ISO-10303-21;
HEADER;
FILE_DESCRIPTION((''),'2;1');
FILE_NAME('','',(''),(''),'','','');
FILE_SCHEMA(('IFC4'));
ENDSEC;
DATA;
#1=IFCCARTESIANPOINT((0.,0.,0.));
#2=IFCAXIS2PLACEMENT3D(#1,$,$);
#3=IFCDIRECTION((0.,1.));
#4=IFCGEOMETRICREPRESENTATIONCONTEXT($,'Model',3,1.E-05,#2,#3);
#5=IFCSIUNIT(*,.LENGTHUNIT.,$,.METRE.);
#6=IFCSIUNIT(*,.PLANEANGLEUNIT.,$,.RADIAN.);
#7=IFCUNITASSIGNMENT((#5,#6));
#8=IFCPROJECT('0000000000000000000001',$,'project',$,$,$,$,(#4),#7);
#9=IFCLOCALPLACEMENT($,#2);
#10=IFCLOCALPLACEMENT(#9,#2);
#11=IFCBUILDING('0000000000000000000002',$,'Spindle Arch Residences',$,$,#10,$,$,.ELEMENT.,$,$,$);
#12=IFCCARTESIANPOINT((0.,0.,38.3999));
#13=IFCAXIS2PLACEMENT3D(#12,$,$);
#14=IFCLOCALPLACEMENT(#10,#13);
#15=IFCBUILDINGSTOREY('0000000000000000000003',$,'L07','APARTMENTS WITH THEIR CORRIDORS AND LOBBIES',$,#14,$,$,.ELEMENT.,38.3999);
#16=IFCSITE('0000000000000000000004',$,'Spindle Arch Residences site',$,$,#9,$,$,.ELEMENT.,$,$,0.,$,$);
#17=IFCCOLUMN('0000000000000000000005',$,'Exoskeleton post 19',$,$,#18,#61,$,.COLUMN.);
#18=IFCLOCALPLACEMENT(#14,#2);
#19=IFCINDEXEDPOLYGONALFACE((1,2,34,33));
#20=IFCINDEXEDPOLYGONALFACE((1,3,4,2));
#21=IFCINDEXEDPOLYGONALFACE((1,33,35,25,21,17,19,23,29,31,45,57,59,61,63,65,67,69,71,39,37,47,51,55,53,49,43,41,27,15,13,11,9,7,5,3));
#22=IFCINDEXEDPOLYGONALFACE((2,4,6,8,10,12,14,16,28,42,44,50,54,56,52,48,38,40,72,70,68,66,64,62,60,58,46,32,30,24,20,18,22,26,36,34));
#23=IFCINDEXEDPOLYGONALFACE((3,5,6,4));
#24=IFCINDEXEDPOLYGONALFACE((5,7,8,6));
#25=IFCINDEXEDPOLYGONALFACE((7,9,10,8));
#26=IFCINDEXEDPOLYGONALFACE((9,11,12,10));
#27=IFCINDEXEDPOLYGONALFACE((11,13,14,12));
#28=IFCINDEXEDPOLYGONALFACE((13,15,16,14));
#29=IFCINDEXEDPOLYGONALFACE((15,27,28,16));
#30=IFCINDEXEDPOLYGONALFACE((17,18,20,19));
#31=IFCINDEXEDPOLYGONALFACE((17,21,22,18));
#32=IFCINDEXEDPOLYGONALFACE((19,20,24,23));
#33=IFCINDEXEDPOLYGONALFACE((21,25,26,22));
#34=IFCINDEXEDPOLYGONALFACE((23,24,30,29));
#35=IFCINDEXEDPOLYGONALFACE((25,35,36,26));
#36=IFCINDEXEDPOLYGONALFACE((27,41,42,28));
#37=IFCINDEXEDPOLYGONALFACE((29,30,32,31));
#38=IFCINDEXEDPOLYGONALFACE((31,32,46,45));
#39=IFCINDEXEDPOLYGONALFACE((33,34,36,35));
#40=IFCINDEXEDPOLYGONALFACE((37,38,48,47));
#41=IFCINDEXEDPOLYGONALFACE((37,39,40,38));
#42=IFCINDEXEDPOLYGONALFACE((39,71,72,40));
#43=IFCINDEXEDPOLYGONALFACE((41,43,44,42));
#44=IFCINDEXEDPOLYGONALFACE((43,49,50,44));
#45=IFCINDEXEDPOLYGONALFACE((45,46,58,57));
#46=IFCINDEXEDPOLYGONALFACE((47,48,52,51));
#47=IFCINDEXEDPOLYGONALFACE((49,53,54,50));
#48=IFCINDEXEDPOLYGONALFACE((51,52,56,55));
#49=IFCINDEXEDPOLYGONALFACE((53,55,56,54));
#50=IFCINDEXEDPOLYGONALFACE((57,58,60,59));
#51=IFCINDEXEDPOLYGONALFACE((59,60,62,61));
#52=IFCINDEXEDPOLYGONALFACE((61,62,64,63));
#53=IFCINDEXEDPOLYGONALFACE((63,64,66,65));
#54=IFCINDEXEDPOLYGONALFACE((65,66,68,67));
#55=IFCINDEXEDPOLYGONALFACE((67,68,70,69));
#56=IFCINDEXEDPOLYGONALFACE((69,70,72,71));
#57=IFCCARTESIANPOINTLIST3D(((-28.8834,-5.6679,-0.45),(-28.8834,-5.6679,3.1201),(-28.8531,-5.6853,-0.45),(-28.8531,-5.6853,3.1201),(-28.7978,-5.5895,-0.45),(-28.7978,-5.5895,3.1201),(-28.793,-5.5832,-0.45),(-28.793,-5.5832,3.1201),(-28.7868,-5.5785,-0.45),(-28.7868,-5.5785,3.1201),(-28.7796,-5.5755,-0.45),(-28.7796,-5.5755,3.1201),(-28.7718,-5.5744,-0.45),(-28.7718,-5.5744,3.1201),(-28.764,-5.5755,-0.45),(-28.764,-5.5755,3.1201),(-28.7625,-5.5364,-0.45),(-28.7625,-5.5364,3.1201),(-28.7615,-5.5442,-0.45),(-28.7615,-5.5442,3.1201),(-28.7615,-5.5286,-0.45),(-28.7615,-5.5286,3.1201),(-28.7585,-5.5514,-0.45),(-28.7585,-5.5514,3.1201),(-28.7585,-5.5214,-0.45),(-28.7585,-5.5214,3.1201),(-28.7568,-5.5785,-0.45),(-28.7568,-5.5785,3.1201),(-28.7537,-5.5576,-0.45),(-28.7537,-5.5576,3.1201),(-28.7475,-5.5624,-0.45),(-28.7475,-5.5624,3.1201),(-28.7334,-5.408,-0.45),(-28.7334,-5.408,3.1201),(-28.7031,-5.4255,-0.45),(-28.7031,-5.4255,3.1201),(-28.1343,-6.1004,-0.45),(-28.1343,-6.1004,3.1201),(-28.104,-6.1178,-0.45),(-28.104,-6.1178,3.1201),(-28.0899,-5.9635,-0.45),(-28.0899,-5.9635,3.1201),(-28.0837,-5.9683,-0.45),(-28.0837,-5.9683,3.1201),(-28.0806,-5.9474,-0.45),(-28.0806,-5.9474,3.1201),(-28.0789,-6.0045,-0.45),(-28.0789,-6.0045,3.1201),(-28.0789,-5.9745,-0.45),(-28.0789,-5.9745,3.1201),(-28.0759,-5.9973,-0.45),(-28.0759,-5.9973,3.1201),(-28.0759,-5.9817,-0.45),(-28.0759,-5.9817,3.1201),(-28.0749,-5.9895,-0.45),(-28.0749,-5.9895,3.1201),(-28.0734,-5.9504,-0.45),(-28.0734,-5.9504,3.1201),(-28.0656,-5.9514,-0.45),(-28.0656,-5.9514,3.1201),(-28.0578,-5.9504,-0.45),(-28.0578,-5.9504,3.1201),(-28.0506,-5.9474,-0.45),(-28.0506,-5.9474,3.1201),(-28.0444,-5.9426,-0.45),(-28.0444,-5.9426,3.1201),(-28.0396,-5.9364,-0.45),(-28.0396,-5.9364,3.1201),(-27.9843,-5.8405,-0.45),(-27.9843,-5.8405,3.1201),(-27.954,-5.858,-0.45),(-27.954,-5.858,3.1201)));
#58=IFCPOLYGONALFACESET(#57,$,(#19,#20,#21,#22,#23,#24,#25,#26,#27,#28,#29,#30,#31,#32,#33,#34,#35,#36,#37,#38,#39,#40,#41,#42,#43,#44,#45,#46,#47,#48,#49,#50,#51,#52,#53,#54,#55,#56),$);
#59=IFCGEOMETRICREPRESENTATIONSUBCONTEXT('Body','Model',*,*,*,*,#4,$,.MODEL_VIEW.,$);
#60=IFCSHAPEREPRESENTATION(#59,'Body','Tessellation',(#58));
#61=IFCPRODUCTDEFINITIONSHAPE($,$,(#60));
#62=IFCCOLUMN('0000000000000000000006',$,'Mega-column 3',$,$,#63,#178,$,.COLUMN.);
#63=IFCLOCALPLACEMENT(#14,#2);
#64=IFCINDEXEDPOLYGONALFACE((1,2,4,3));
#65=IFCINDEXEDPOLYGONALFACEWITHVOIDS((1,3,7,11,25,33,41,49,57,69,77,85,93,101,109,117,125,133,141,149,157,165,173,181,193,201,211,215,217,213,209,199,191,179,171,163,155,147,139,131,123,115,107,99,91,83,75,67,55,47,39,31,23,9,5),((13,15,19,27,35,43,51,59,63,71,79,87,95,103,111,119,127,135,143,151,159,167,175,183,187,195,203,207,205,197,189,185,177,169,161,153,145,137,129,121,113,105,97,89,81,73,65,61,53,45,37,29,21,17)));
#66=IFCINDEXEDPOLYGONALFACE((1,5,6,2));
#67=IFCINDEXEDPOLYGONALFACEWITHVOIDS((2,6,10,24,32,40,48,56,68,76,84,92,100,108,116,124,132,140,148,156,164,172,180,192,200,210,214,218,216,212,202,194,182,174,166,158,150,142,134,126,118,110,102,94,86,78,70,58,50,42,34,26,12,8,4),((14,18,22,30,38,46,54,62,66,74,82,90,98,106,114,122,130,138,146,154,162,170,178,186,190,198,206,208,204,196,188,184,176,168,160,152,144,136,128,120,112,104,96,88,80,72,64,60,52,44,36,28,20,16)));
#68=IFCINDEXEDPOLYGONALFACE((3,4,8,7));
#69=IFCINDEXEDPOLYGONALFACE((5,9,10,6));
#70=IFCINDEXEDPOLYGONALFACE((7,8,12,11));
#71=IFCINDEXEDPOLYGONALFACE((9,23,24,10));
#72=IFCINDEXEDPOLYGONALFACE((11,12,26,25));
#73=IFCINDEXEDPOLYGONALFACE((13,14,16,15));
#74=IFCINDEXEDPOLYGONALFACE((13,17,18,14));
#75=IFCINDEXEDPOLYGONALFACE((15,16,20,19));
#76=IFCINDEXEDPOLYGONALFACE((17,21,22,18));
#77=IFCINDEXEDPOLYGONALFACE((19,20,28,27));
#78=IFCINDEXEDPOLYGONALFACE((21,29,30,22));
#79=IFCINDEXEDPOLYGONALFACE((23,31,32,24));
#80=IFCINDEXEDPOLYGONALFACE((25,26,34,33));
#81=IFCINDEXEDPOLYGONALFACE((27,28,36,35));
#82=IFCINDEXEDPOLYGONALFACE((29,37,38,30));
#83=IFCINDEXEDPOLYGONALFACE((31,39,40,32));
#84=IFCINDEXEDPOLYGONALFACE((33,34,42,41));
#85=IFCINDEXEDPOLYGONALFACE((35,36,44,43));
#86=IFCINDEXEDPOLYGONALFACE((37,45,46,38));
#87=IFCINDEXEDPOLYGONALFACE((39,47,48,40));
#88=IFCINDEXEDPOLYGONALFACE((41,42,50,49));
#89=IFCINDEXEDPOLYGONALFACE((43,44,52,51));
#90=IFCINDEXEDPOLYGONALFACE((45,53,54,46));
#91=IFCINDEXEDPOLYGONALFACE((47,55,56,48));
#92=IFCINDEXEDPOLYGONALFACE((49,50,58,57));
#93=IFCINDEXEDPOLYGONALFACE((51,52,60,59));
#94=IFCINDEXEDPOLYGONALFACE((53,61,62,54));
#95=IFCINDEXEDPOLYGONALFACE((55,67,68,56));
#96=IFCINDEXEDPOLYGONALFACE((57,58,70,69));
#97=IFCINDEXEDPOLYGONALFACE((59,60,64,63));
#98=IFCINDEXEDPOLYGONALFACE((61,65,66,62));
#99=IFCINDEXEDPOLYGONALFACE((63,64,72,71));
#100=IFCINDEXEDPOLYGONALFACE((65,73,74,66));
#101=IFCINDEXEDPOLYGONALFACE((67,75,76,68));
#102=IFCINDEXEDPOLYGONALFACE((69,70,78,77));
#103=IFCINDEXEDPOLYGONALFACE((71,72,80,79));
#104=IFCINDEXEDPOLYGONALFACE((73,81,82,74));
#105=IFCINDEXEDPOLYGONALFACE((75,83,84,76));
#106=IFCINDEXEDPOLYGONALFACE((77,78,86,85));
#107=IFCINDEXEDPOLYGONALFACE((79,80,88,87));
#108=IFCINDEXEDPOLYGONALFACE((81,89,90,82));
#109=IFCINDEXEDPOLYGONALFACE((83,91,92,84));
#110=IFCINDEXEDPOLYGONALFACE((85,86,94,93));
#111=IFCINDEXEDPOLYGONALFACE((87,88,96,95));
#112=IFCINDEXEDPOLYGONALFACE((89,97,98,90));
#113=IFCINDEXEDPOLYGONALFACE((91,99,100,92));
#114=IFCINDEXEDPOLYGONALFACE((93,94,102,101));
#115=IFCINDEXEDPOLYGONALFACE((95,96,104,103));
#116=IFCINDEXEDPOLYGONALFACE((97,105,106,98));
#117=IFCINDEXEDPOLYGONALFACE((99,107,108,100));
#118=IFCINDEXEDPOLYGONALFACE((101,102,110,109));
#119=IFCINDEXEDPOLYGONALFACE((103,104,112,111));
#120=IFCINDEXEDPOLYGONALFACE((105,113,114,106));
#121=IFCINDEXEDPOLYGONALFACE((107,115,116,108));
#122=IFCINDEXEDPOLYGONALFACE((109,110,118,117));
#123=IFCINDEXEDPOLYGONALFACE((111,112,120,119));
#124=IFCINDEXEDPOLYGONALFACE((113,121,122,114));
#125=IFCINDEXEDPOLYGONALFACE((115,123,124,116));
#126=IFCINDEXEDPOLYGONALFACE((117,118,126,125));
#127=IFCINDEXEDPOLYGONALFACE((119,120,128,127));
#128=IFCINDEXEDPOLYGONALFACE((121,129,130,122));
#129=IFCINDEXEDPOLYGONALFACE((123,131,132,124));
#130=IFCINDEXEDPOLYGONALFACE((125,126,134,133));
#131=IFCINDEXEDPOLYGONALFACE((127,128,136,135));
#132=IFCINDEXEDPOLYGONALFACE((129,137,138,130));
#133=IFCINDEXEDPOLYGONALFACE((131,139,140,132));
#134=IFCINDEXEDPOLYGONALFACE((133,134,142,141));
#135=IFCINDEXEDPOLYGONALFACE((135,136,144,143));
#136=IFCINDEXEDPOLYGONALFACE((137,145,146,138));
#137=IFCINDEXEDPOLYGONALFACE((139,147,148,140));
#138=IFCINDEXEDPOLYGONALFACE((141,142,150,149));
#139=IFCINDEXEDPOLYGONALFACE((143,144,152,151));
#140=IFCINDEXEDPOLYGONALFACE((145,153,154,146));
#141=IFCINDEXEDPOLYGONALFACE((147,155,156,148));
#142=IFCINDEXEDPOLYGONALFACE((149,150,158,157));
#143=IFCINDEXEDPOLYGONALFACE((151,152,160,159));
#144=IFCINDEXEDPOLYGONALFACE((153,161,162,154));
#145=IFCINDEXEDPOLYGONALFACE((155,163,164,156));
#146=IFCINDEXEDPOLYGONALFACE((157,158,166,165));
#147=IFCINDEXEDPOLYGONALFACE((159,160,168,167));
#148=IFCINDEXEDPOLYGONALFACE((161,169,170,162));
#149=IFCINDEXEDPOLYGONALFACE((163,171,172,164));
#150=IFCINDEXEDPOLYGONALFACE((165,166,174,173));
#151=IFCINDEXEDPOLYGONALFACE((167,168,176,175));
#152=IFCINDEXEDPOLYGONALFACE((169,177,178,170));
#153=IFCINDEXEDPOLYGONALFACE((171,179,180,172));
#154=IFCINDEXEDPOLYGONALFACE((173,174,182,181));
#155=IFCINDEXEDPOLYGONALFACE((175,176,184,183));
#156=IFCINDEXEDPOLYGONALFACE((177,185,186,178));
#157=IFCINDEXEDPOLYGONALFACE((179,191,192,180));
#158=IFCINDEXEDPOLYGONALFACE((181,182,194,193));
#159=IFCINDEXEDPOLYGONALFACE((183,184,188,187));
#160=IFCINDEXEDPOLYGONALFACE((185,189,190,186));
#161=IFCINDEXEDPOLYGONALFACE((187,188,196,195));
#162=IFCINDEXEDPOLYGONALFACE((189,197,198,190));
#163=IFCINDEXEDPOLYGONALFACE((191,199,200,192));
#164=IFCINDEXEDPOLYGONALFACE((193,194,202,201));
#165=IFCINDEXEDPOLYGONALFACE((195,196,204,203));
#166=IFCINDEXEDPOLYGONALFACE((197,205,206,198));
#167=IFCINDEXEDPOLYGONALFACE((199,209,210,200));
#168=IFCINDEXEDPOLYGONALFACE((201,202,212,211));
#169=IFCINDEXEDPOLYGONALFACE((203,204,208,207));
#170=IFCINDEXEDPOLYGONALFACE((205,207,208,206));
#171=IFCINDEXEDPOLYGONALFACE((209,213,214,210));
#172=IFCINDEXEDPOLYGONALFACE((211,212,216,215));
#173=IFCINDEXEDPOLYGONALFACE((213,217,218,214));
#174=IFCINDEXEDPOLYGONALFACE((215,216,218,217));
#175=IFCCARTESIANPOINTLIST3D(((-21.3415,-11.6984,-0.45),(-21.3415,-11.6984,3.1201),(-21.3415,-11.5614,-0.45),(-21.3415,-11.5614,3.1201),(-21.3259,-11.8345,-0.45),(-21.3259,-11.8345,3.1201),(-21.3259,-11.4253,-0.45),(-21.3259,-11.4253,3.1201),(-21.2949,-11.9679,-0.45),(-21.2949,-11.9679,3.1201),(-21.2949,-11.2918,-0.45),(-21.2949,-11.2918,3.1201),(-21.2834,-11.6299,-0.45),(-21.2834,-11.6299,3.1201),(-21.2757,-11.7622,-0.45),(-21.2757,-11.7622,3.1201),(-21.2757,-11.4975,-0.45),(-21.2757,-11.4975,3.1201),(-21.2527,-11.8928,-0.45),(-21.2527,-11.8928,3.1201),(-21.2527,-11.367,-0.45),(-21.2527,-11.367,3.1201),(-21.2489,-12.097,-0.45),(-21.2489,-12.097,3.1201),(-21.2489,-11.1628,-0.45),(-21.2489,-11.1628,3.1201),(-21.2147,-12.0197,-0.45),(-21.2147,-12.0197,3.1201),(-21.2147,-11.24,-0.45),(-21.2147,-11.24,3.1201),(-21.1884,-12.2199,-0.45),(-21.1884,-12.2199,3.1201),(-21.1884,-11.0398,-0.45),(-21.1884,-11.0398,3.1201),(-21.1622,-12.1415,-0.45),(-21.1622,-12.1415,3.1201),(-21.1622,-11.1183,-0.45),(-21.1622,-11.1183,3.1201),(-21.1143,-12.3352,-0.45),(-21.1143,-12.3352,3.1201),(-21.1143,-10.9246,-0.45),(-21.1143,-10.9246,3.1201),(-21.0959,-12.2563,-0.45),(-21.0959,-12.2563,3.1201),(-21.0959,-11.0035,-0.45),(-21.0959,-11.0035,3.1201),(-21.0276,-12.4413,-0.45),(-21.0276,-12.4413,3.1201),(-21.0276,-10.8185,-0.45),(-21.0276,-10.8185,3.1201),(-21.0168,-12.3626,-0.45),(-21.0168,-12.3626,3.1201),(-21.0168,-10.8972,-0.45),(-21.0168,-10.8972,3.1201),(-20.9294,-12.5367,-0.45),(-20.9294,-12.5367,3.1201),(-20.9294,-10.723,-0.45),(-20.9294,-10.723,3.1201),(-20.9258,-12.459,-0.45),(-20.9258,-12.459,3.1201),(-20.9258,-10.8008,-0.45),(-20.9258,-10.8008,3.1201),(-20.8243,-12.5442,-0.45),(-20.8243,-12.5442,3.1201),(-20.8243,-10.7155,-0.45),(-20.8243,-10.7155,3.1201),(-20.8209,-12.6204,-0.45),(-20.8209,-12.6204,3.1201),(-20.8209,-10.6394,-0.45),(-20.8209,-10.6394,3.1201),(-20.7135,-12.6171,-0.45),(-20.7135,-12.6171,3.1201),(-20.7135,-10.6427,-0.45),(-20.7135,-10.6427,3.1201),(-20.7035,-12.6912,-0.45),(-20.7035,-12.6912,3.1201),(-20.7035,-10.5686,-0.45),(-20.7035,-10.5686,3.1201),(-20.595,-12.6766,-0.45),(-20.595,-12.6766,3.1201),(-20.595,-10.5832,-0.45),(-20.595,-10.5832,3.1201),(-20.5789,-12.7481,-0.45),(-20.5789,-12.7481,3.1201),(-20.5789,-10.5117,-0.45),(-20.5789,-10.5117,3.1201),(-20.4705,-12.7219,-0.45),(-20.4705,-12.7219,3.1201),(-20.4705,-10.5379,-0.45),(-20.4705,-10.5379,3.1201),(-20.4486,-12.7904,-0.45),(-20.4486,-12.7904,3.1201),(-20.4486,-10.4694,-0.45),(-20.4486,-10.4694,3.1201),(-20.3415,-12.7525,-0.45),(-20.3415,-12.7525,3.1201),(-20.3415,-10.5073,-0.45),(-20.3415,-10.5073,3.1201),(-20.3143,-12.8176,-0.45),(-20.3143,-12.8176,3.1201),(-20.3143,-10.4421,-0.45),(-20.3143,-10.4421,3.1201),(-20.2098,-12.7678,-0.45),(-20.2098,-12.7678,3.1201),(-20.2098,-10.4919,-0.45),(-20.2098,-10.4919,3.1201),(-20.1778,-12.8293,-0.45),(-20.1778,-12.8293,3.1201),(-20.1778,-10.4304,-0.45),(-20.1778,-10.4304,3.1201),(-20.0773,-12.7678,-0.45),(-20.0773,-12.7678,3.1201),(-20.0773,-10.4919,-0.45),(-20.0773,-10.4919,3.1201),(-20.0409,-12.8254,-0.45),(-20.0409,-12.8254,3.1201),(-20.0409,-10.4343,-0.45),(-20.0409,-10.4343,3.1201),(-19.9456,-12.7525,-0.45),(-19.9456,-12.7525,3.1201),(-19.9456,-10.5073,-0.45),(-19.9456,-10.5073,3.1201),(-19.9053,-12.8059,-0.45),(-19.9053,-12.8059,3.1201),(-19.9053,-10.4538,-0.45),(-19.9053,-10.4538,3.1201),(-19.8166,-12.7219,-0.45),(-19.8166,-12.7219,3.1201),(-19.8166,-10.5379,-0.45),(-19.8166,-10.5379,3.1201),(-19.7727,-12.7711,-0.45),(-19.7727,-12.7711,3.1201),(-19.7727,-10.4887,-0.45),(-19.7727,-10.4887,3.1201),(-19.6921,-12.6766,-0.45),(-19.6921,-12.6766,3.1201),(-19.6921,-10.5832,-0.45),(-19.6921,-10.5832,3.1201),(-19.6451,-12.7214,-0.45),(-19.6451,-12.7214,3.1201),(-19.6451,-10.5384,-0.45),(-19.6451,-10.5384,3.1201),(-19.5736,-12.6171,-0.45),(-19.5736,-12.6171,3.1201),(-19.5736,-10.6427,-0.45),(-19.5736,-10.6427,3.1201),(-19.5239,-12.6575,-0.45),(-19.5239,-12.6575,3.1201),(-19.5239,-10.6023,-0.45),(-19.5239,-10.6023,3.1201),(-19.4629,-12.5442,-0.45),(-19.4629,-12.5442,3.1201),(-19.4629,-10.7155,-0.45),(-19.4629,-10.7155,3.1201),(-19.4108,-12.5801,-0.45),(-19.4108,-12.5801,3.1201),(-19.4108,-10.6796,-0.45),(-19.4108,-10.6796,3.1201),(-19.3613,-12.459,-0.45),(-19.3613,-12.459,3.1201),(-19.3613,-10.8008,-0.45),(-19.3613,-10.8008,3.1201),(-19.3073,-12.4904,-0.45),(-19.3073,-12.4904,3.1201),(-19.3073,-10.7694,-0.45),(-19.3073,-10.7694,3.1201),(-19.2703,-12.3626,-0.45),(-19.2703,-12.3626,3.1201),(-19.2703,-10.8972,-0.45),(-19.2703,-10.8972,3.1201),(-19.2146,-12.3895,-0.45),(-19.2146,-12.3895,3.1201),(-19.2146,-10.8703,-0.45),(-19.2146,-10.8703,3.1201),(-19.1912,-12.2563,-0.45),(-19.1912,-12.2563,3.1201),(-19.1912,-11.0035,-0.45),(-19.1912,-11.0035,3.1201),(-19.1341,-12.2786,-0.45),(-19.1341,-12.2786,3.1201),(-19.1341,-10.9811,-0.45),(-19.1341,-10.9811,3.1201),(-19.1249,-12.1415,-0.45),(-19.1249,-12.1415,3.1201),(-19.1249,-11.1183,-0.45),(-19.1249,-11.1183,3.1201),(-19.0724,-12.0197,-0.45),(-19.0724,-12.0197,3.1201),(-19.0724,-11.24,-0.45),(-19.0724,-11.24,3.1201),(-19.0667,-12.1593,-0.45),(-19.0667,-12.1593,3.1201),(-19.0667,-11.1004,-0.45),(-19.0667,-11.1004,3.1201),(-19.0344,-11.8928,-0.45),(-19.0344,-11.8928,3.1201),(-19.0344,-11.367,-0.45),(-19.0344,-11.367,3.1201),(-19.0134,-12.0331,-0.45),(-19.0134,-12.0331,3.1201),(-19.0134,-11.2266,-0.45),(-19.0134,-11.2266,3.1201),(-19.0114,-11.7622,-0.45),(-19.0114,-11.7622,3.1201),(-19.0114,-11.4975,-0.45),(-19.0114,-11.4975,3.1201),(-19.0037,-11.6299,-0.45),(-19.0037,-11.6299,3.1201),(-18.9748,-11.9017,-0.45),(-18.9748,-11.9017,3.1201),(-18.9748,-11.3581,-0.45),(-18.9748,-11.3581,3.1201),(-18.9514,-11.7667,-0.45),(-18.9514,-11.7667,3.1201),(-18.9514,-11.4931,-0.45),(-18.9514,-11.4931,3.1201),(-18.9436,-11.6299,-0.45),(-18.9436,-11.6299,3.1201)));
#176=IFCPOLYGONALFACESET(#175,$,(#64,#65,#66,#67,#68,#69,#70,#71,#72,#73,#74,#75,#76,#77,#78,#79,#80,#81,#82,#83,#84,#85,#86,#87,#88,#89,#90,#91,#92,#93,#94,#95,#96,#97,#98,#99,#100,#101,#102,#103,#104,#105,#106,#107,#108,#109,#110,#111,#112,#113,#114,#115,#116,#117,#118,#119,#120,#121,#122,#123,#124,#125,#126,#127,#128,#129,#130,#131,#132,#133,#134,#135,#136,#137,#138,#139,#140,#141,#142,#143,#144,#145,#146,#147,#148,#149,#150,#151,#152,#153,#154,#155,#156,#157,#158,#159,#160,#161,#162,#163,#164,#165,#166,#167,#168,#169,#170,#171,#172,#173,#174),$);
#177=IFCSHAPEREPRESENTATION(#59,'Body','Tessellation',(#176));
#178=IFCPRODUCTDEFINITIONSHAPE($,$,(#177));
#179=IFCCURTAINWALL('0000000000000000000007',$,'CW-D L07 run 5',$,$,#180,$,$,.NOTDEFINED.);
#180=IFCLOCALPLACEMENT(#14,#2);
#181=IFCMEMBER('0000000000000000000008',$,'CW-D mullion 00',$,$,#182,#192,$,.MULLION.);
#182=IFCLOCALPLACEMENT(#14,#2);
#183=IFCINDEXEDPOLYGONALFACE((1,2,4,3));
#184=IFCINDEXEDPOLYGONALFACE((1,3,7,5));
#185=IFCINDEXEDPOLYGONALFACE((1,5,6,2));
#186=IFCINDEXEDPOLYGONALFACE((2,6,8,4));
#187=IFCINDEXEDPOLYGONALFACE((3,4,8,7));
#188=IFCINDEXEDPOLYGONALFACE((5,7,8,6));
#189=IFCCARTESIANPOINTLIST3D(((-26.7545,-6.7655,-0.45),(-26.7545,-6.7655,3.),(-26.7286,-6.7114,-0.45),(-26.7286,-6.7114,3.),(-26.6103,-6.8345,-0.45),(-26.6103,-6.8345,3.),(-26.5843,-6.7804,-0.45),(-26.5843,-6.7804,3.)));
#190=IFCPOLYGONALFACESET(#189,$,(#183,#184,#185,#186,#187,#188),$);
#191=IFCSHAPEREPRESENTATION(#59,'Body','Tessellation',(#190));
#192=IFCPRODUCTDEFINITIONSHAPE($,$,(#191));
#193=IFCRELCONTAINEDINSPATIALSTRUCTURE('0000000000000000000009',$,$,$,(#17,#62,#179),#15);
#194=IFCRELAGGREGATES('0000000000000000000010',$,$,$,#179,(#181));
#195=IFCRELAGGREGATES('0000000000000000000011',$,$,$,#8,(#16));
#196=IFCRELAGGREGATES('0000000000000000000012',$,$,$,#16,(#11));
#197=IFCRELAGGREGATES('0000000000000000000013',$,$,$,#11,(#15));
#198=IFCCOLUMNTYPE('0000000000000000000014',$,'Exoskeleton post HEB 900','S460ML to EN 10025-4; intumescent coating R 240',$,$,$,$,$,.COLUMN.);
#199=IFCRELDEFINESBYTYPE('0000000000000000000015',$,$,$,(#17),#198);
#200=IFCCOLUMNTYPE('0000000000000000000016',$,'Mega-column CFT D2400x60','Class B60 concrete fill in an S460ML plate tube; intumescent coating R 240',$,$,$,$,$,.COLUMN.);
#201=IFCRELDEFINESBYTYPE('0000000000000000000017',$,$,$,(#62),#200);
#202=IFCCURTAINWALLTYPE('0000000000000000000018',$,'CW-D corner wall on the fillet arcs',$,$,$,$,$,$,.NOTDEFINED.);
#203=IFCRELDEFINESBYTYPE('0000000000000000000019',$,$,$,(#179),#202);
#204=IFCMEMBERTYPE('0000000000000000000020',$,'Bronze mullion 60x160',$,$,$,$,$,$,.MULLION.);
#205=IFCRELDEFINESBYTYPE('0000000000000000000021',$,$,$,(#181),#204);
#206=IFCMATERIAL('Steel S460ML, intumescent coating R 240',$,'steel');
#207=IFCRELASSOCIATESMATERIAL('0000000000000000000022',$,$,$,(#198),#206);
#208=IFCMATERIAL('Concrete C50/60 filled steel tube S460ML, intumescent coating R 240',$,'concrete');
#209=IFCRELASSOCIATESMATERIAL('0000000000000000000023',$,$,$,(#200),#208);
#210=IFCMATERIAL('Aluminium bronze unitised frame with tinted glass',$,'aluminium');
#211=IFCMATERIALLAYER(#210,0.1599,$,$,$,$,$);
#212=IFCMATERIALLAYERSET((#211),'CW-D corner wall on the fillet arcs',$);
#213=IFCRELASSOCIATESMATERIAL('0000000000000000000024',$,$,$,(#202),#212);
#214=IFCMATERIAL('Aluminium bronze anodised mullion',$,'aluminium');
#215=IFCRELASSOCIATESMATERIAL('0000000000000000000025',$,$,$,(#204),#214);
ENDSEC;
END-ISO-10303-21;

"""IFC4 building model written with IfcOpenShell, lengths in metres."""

from ifc_helpers import new_model, si_unit, direction, frame, origin, origin_2d, place, context, subcontext, project, spatial, rectangle, hollow_circle, i_section, extrude, material, layer, layer_set, material_profile, profile_set, type_object, element, aggregate, save


model = new_model("IFC4")

# Units and contexts
model_context = context("Model", 3, precision=1e-05, world=origin(), true_north=direction((0.0, 1.0)))
body_context = subcontext(model_context, "Body", "Model", "MODEL_VIEW")
ifc_project = project(units=[si_unit("LENGTHUNIT", "METRE"), si_unit("PLANEANGLEUNIT", "RADIAN")], contexts=[model_context])

# Site, building, storey
site_placement = place(None, origin())
site = spatial("IfcSite", under=ifc_project, at=site_placement, Name="Spindle Arch Residences site", CompositionType="ELEMENT", RefElevation=0.0)
building_placement = place(site_placement, origin())
building = spatial("IfcBuilding", under=site, at=building_placement, Name="Spindle Arch Residences", CompositionType="ELEMENT")
storey_placement = place(building_placement, frame((0.0, 0.0, 38.3999)))
storey = spatial("IfcBuildingStorey", under=building, at=storey_placement, Name="L07", Description="APARTMENTS WITH THEIR CORRIDORS AND LOBBIES", CompositionType="ELEMENT", Elevation=38.3999)

# Columns
ifc_material_1 = material(Name="Steel S460ML, intumescent coating R 240", Category="steel")
ifc_material_profile_1 = material_profile(ifc_material_1, i_section(OverallWidth=0.3, OverallDepth=0.8999, WebThickness=0.0186, FlangeThickness=0.0349, FilletRadius=0.03, at=origin_2d()), Name="HEB 900")
ifc_profile_set_1 = profile_set([ifc_material_profile_1], Name="Steel S460ML, intumescent coating R 240")
column_type_1 = type_object("IfcColumnType", Name="Exoskeleton post HEB 900", Description="S460ML to EN 10025-4; intumescent coating R 240", PredefinedType="COLUMN", material=ifc_profile_set_1)
column_1_placement = place(storey_placement, frame((-28.4187, -5.7629, -0.45), z_axis=(0.0, 0.0, 1.0), x_axis=(0.5, 0.866025, 0.0)))
element("IfcColumn", 1, at=column_1_placement, inside=storey, type_object=column_type_1, Name="Exoskeleton post 19", PredefinedType="COLUMN", context=body_context, shape_type="SweptSolid", body=[
    extrude(i_section(OverallWidth=0.3, OverallDepth=0.8999, WebThickness=0.0186, FlangeThickness=0.0349, FilletRadius=0.03, at=origin_2d()), origin(), (0.0, 0.0, 1.0), 3.5701),
])
ifc_material_2 = material(Name="Concrete C50/60 filled steel tube S460ML, intumescent coating R 240", Category="concrete")
ifc_material_profile_2 = material_profile(ifc_material_2, hollow_circle(Radius=1.2, WallThickness=0.0601, at=origin_2d()), Name="CFT D2400x60")
ifc_profile_set_2 = profile_set([ifc_material_profile_2], Name="Concrete C50/60 filled steel tube S460ML, intumescent coating R 240")
column_type_2 = type_object("IfcColumnType", Name="Mega-column CFT D2400x60", Description="Class B60 concrete fill in an S460ML plate tube; intumescent coating R 240", PredefinedType="COLUMN", material=ifc_profile_set_2)
column_2_placement = place(storey_placement, frame((-20.1436, -11.6299, -0.45), z_axis=(0.0, 0.0, 1.0), x_axis=(1.0, 0.0, 0.0)))
element("IfcColumn", 2, at=column_2_placement, inside=storey, type_object=column_type_2, Name="Mega-column 3", PredefinedType="COLUMN", context=body_context, shape_type="SweptSolid", body=[
    extrude(hollow_circle(Radius=1.2, WallThickness=0.0601, at=origin_2d()), origin(), (0.0, 0.0, 1.0), 3.5701),
])

# Curtain wall, member
ifc_material_3 = material(Name="Aluminium bronze unitised frame with tinted glass", Category="aluminium")
ifc_layer_1 = layer(ifc_material_3, 0.1599)
ifc_layer_set_1 = layer_set([ifc_layer_1], Name="CW-D corner wall on the fillet arcs")
curtain_wall_type_1 = type_object("IfcCurtainWallType", Name="CW-D corner wall on the fillet arcs", PredefinedType="NOTDEFINED", material=ifc_layer_set_1)
curtain_wall_1_placement = place(storey_placement, origin())
curtain_wall_1 = element("IfcCurtainWall", 3, at=curtain_wall_1_placement, inside=storey, type_object=curtain_wall_type_1, Name="CW-D L07 run 5", PredefinedType="NOTDEFINED")
ifc_material_4 = material(Name="Aluminium bronze anodised mullion", Category="aluminium")
ifc_material_profile_3 = material_profile(ifc_material_4, rectangle(XDim=0.1599, YDim=0.0601, at=origin_2d()), Name="MU 60x160")
ifc_profile_set_3 = profile_set([ifc_material_profile_3], Name="Aluminium bronze anodised mullion")
member_type_1 = type_object("IfcMemberType", Name="Bronze mullion 60x160", PredefinedType="MULLION", material=ifc_profile_set_3)
member_1_placement = place(storey_placement, frame((-26.6694, -6.7729, -0.45), z_axis=(0.0, 0.0, 1.0), x_axis=(0.902112, -0.431502, 0.0)))
member_1 = element("IfcMember", 4, at=member_1_placement, type_object=member_type_1, Name="CW-D mullion 00", PredefinedType="MULLION", context=body_context, shape_type="SweptSolid", body=[
    extrude(rectangle(XDim=0.1599, YDim=0.0601, at=origin_2d()), origin(), (0.0, 0.0, 1.0), 3.45),
])

aggregate(curtain_wall_1, [member_1])

save(model, "model.ifc")
